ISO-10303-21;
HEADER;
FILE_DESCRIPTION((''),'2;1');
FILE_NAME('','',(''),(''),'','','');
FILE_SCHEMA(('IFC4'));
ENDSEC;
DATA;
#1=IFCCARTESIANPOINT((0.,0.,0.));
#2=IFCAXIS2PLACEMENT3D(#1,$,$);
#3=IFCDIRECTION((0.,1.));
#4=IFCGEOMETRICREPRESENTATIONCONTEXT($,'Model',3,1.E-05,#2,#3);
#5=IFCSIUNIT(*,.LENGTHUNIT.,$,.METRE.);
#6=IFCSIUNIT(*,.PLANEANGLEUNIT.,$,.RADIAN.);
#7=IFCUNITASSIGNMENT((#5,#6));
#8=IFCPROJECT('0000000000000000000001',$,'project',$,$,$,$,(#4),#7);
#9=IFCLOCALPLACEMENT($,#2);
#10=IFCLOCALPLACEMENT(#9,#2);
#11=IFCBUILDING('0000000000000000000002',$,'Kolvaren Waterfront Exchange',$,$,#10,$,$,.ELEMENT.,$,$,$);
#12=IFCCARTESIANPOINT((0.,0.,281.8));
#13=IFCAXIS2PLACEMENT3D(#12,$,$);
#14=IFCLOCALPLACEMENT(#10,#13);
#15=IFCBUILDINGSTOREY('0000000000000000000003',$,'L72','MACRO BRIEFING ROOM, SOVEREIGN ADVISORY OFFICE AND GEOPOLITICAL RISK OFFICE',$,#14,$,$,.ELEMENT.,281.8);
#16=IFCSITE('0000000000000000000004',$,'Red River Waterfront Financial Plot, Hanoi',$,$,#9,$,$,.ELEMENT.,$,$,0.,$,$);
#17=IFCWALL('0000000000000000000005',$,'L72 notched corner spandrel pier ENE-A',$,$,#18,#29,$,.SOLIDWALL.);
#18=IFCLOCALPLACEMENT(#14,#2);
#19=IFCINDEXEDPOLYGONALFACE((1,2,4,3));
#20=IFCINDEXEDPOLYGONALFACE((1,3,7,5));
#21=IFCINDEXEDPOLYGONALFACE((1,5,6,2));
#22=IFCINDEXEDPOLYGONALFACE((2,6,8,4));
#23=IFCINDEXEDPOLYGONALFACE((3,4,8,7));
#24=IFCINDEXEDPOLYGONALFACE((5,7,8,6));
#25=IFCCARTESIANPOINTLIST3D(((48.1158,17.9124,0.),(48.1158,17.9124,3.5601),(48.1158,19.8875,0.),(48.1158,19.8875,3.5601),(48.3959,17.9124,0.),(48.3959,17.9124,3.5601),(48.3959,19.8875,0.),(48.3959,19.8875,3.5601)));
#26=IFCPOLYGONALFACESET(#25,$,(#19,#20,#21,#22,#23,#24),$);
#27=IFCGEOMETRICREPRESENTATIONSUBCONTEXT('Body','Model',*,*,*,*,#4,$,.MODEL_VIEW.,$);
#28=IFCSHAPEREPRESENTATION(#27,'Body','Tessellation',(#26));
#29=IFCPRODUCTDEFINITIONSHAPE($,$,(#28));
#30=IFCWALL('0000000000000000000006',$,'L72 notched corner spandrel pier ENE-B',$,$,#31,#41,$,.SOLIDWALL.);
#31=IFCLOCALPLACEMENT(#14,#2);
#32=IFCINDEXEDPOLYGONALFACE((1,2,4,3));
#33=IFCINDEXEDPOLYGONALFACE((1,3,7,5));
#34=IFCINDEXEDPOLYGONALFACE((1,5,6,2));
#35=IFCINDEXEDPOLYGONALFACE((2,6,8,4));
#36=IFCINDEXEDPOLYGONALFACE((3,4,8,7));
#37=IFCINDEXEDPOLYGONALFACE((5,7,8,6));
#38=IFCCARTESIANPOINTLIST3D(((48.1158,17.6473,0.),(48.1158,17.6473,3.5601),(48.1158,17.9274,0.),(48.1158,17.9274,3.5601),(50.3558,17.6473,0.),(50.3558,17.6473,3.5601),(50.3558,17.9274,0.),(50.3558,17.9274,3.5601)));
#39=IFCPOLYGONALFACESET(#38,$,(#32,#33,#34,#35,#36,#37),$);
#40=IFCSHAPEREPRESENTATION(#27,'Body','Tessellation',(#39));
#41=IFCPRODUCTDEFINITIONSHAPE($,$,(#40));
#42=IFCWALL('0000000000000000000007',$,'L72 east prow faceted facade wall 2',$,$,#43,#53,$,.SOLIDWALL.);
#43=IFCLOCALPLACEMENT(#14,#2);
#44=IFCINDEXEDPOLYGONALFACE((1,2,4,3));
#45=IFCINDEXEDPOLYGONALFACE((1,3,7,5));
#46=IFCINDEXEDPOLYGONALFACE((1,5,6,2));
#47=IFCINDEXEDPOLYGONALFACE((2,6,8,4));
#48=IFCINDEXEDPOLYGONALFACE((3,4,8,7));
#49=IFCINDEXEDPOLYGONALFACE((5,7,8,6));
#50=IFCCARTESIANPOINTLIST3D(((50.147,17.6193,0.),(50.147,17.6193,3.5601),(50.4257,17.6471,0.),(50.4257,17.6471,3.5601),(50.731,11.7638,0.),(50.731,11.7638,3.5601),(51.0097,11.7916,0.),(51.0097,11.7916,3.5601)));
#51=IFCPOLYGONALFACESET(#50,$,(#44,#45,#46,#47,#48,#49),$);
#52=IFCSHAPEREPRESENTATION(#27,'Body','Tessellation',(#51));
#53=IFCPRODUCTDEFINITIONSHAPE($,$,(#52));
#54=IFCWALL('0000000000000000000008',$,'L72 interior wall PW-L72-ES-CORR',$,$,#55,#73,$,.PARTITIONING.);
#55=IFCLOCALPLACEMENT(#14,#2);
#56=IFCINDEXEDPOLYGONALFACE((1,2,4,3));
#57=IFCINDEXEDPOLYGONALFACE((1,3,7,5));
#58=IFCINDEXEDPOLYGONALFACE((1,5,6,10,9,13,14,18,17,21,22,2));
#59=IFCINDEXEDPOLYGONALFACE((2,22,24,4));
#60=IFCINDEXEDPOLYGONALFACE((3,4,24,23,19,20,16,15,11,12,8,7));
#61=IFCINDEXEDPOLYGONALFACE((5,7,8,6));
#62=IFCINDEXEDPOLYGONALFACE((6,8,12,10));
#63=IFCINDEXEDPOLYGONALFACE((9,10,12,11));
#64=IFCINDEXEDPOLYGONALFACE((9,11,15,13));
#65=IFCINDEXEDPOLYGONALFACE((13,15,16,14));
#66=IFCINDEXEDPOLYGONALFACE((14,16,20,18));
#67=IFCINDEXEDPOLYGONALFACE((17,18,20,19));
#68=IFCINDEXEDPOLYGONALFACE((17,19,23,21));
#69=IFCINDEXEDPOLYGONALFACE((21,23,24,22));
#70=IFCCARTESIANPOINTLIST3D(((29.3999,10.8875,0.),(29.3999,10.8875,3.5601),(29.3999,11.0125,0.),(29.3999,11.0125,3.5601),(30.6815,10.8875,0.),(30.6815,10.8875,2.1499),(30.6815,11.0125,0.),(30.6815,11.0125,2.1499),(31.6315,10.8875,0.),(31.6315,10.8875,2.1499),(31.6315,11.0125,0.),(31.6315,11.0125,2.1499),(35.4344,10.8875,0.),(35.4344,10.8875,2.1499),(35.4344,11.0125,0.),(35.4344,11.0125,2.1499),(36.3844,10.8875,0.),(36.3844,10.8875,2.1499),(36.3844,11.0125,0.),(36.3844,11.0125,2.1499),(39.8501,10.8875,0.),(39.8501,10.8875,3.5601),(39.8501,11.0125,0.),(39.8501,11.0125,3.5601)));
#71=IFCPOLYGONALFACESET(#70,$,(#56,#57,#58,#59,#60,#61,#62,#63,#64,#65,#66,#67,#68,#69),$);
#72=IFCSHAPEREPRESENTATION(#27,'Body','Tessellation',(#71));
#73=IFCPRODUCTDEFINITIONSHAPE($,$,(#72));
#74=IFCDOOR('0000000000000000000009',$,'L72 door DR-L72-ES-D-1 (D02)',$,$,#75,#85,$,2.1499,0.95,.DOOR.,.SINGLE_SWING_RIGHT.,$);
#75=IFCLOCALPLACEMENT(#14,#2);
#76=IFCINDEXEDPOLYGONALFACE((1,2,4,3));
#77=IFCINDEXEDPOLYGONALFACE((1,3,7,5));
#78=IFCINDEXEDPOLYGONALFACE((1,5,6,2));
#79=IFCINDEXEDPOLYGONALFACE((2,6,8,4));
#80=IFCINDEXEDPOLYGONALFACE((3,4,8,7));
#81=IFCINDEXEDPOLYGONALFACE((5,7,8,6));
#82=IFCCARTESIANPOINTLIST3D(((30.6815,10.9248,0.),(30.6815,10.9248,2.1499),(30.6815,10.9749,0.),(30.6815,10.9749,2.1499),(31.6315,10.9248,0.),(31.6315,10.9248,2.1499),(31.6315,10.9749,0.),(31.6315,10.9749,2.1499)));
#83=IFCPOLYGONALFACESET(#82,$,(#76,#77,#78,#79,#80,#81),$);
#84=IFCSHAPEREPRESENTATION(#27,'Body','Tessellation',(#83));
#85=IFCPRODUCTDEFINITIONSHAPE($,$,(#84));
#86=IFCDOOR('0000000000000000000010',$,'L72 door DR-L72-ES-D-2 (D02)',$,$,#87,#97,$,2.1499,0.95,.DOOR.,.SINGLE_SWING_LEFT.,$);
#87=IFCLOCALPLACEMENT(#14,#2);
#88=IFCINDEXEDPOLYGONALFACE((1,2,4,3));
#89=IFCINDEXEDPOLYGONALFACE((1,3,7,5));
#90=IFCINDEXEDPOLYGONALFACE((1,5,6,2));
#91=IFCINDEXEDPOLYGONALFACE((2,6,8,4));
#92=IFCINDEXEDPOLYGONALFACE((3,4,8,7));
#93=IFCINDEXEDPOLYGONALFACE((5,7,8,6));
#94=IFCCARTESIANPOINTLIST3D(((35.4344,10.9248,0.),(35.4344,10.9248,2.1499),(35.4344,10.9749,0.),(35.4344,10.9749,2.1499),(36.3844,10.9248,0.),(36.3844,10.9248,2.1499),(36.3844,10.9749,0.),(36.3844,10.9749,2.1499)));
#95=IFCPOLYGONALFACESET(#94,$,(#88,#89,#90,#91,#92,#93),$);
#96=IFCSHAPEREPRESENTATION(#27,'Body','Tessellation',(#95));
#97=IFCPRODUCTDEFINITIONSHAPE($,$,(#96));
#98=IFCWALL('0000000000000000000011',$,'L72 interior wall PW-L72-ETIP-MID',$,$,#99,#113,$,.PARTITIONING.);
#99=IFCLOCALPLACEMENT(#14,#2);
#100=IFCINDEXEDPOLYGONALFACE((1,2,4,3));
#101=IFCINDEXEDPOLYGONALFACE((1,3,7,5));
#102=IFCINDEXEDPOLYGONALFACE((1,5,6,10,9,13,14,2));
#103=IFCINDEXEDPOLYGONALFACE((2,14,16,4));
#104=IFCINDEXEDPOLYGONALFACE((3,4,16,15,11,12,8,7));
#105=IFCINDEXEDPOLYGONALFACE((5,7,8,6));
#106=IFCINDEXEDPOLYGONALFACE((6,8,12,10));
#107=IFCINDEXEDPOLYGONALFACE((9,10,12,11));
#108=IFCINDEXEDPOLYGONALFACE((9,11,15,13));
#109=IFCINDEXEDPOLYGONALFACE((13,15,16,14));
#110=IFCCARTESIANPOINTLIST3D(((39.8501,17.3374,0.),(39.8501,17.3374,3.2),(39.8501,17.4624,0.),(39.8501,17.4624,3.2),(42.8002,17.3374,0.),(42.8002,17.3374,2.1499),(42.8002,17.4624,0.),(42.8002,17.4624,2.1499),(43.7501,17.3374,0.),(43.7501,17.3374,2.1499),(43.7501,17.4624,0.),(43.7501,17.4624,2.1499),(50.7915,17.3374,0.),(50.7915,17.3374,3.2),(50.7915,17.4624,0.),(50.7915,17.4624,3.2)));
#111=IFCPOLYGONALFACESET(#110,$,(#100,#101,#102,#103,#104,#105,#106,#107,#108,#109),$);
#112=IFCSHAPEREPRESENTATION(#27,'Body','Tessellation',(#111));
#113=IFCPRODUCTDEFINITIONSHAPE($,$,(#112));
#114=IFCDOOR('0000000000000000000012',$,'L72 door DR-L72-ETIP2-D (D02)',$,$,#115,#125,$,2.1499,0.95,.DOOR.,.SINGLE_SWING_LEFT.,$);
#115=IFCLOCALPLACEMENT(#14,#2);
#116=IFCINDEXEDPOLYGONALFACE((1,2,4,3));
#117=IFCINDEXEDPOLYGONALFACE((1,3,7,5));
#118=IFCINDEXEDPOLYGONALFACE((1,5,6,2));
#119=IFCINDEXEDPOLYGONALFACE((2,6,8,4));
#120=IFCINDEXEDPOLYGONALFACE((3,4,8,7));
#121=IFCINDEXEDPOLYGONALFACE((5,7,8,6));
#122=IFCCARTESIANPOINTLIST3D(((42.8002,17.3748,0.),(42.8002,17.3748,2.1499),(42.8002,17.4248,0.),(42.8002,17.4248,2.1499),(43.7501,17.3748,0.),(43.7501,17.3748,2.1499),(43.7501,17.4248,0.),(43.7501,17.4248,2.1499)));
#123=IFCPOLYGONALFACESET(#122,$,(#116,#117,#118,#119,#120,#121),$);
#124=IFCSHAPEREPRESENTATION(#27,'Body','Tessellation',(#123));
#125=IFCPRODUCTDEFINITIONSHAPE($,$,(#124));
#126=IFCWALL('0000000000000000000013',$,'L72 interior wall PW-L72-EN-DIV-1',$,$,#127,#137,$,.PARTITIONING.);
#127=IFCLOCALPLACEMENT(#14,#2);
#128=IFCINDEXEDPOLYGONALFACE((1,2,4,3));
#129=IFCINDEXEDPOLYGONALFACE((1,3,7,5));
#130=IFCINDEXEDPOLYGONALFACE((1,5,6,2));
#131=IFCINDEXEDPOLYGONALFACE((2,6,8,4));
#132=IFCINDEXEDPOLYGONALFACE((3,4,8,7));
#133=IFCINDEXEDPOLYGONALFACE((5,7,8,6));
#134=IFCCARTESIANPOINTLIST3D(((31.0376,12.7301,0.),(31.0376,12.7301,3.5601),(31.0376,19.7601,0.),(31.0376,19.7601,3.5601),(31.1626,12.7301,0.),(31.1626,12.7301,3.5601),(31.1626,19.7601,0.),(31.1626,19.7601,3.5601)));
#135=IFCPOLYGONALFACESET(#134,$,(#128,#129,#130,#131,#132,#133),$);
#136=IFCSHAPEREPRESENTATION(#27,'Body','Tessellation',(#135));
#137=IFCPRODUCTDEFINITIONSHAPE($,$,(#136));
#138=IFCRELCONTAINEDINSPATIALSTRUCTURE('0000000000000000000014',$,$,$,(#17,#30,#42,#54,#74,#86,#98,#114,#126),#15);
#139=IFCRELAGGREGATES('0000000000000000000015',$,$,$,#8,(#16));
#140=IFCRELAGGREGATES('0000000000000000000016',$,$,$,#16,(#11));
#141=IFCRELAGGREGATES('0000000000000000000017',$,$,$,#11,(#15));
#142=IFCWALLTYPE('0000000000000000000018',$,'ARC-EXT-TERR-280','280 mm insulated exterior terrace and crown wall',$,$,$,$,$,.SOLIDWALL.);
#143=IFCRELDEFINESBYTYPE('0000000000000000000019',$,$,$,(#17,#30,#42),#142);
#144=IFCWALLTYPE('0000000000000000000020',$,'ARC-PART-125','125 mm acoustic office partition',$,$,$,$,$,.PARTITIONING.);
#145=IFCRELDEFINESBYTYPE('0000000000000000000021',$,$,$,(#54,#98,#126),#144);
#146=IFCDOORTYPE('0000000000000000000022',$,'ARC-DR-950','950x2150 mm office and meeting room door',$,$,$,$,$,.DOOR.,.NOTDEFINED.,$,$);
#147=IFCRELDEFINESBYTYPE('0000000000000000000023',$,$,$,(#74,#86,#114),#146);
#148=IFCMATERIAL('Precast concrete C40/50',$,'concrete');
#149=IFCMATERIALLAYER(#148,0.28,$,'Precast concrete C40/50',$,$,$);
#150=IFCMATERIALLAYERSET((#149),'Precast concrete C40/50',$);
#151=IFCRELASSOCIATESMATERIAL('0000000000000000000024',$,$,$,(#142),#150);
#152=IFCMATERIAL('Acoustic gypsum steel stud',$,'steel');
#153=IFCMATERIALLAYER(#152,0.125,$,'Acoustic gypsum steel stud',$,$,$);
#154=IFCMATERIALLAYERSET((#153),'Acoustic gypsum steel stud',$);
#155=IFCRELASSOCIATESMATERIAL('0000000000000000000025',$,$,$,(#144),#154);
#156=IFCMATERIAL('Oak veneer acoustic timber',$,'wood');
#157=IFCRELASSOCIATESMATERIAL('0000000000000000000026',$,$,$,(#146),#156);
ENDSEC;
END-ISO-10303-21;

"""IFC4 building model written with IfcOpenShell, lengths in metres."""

from ifc_helpers import new_model, si_unit, direction, frame, frame_2d, origin, place, context, subcontext, project, spatial, rectangle, extrude, material, layer, layer_set, type_object, element, fill, save


model = new_model("IFC4")

# Units and contexts
model_context = context("Model", 3, precision=1e-05, world=origin(), true_north=direction((0.0, 1.0)))
body_context = subcontext(model_context, "Body", "Model", "MODEL_VIEW")
ifc_project = project(units=[si_unit("LENGTHUNIT", "METRE"), si_unit("PLANEANGLEUNIT", "RADIAN")], contexts=[model_context])

# Site, building, storey
site_placement = place(None, origin())
site = spatial("IfcSite", under=ifc_project, at=site_placement, Name="Red River Waterfront Financial Plot, Hanoi", CompositionType="ELEMENT", RefElevation=0.0)
building_placement = place(site_placement, origin())
building = spatial("IfcBuilding", under=site, at=building_placement, Name="Kolvaren Waterfront Exchange", CompositionType="ELEMENT")
storey_placement = place(building_placement, frame((0.0, 0.0, 281.8)))
storey = spatial("IfcBuildingStorey", under=building, at=storey_placement, Name="L72", Description="MACRO BRIEFING ROOM, SOVEREIGN ADVISORY OFFICE AND GEOPOLITICAL RISK OFFICE", CompositionType="ELEMENT", Elevation=281.8)

# Walls
ifc_material_1 = material(Name="Precast concrete C40/50", Category="concrete")
ifc_layer_1 = layer(ifc_material_1, 0.28, Name="Precast concrete C40/50")
ifc_layer_set_1 = layer_set([ifc_layer_1], Name="Precast concrete C40/50")
wall_type_1 = type_object("IfcWallType", Name="ARC-EXT-TERR-280", Description="280 mm insulated exterior terrace and crown wall", PredefinedType="SOLIDWALL", material=ifc_layer_set_1)
wall_1_placement = place(storey_placement, frame((48.2559, 17.9124, 0.0), z_axis=(0.0, 0.0, 1.0), x_axis=(0.0, 1.0, 0.0)))
element("IfcWall", 1, at=wall_1_placement, inside=storey, type_object=wall_type_1, Name="L72 notched corner spandrel pier ENE-A", PredefinedType="SOLIDWALL", context=body_context, shape_type="SweptSolid", body=[
    extrude(rectangle(XDim=1.9751, YDim=0.28, at=frame_2d((0.9875, 0.0))), origin(), (0.0, 0.0, 1.0), 3.5601),
])
wall_2_placement = place(storey_placement, frame((48.1157, 17.7874, 0.0), z_axis=(0.0, 0.0, 1.0), x_axis=(1.0, 0.0, 0.0)))
element("IfcWall", 2, at=wall_2_placement, inside=storey, type_object=wall_type_1, Name="L72 notched corner spandrel pier ENE-B", PredefinedType="SOLIDWALL", context=body_context, shape_type="SweptSolid", body=[
    extrude(rectangle(XDim=2.24, YDim=0.28, at=frame_2d((1.1201, 0.0))), origin(), (0.0, 0.0, 1.0), 3.5601),
])
wall_3_placement = place(storey_placement, frame((50.8704, 11.7776, 0.0), z_axis=(0.0, 0.0, 1.0), x_axis=(-0.099241, 0.995063, 0.0)))
element("IfcWall", 3, at=wall_3_placement, inside=storey, type_object=wall_type_1, Name="L72 east prow faceted facade wall 2", PredefinedType="SOLIDWALL", context=body_context, shape_type="SweptSolid", body=[
    extrude(rectangle(XDim=5.8845, YDim=0.28, at=frame_2d((2.9424, 0.0))), origin(), (0.0, 0.0, 1.0), 3.5601),
])

# Wall, openings, doors
ifc_material_2 = material(Name="Acoustic gypsum steel stud", Category="steel")
ifc_layer_2 = layer(ifc_material_2, 0.125, Name="Acoustic gypsum steel stud")
ifc_layer_set_2 = layer_set([ifc_layer_2], Name="Acoustic gypsum steel stud")
wall_type_2 = type_object("IfcWallType", Name="ARC-PART-125", Description="125 mm acoustic office partition", PredefinedType="PARTITIONING", material=ifc_layer_set_2)
wall_4_placement = place(storey_placement, frame((29.3999, 10.95, 0.0), z_axis=(0.0, 0.0, 1.0), x_axis=(1.0, 0.0, 0.0)))
wall_4 = element("IfcWall", 4, at=wall_4_placement, inside=storey, type_object=wall_type_2, Name="L72 interior wall PW-L72-ES-CORR", PredefinedType="PARTITIONING", context=body_context, shape_type="SweptSolid", body=[
    extrude(rectangle(XDim=10.4502, YDim=0.125, at=frame_2d((5.2251, 0.0))), origin(), (0.0, 0.0, 1.0), 3.5601),
])
opening_1_placement = place(wall_4_placement, frame((1.2815, 0.0, 0.0)))
opening_1 = element("IfcOpeningElement", 5, at=opening_1_placement, cuts=wall_4, PredefinedType="OPENING", context=body_context, shape_type="SweptSolid", body=[
    extrude(rectangle(XDim=0.95, YDim=2.1499, at=frame_2d((0.4751, 1.075))), frame((0.0, 0.0725, 0.0), z_axis=(0.0, -1.0, 0.0), x_axis=(1.0, 0.0, 0.0)), (0.0, 0.0, 1.0), 0.145),
])
opening_2_placement = place(wall_4_placement, frame((6.0344, 0.0, 0.0)))
opening_2 = element("IfcOpeningElement", 6, at=opening_2_placement, cuts=wall_4, PredefinedType="OPENING", context=body_context, shape_type="SweptSolid", body=[
    extrude(rectangle(XDim=0.95, YDim=2.1499, at=frame_2d((0.4751, 1.075))), frame((0.0, 0.0725, 0.0), z_axis=(0.0, -1.0, 0.0), x_axis=(1.0, 0.0, 0.0)), (0.0, 0.0, 1.0), 0.145),
])
ifc_material_3 = material(Name="Oak veneer acoustic timber", Category="wood")
door_type = type_object("IfcDoorType", Name="ARC-DR-950", Description="950x2150 mm office and meeting room door", OperationType="NOTDEFINED", PredefinedType="DOOR", material=ifc_material_3)
door_1_placement = place(opening_1_placement, origin())
door_1 = element("IfcDoor", 7, at=door_1_placement, inside=storey, type_object=door_type, Name="L72 door DR-L72-ES-D-1 (D02)", OperationType="SINGLE_SWING_RIGHT", OverallHeight=2.1499, OverallWidth=0.95, PredefinedType="DOOR", context=body_context, shape_type="SweptSolid", body=[
    extrude(rectangle(XDim=0.95, YDim=2.1499, at=frame_2d((0.4751, 1.075))), frame((0.0, 0.0249, 0.0), z_axis=(0.0, -1.0, 0.0), x_axis=(1.0, 0.0, 0.0)), (0.0, 0.0, 1.0), 0.05),
])
fill(opening_1, door_1)
door_2_placement = place(opening_2_placement, origin())
door_2 = element("IfcDoor", 8, at=door_2_placement, inside=storey, type_object=door_type, Name="L72 door DR-L72-ES-D-2 (D02)", OperationType="SINGLE_SWING_LEFT", OverallHeight=2.1499, OverallWidth=0.95, PredefinedType="DOOR", context=body_context, shape_type="SweptSolid", body=[
    extrude(rectangle(XDim=0.95, YDim=2.1499, at=frame_2d((0.4751, 1.075))), frame((0.0, 0.0249, 0.0), z_axis=(0.0, -1.0, 0.0), x_axis=(1.0, 0.0, 0.0)), (0.0, 0.0, 1.0), 0.05),
])
fill(opening_2, door_2)

# Wall, opening, door
wall_5_placement = place(storey_placement, frame((39.8501, 17.3999, 0.0), z_axis=(0.0, 0.0, 1.0), x_axis=(1.0, 0.0, 0.0)))
wall_5 = element("IfcWall", 9, at=wall_5_placement, inside=storey, type_object=wall_type_2, Name="L72 interior wall PW-L72-ETIP-MID", PredefinedType="PARTITIONING", context=body_context, shape_type="SweptSolid", body=[
    extrude(rectangle(XDim=10.9414, YDim=0.125, at=frame_2d((5.4707, 0.0))), origin(), (0.0, 0.0, 1.0), 3.2),
])
opening_3_placement = place(wall_5_placement, frame((2.95, 0.0, 0.0)))
opening_3 = element("IfcOpeningElement", 10, at=opening_3_placement, cuts=wall_5, PredefinedType="OPENING", context=body_context, shape_type="SweptSolid", body=[
    extrude(rectangle(XDim=0.95, YDim=2.1499, at=frame_2d((0.4751, 1.075))), frame((0.0, 0.0725, 0.0), z_axis=(0.0, -1.0, 0.0), x_axis=(1.0, 0.0, 0.0)), (0.0, 0.0, 1.0), 0.145),
])
door_3_placement = place(opening_3_placement, origin())
door_3 = element("IfcDoor", 11, at=door_3_placement, inside=storey, type_object=door_type, Name="L72 door DR-L72-ETIP2-D (D02)", OperationType="SINGLE_SWING_LEFT", OverallHeight=2.1499, OverallWidth=0.95, PredefinedType="DOOR", context=body_context, shape_type="SweptSolid", body=[
    extrude(rectangle(XDim=0.95, YDim=2.1499, at=frame_2d((0.4751, 1.075))), frame((0.0, 0.0249, 0.0), z_axis=(0.0, -1.0, 0.0), x_axis=(1.0, 0.0, 0.0)), (0.0, 0.0, 1.0), 0.05),
])
fill(opening_3, door_3)

# Wall
wall_6_placement = place(storey_placement, frame((31.1001, 12.73, 0.0), z_axis=(0.0, 0.0, 1.0), x_axis=(0.0, 1.0, 0.0)))
element("IfcWall", 12, at=wall_6_placement, inside=storey, type_object=wall_type_2, Name="L72 interior wall PW-L72-EN-DIV-1", PredefinedType="PARTITIONING", context=body_context, shape_type="SweptSolid", body=[
    extrude(rectangle(XDim=7.03, YDim=0.125, at=frame_2d((3.5151, 0.0))), origin(), (0.0, 0.0, 1.0), 3.5601),
])

save(model, "model.ifc")
